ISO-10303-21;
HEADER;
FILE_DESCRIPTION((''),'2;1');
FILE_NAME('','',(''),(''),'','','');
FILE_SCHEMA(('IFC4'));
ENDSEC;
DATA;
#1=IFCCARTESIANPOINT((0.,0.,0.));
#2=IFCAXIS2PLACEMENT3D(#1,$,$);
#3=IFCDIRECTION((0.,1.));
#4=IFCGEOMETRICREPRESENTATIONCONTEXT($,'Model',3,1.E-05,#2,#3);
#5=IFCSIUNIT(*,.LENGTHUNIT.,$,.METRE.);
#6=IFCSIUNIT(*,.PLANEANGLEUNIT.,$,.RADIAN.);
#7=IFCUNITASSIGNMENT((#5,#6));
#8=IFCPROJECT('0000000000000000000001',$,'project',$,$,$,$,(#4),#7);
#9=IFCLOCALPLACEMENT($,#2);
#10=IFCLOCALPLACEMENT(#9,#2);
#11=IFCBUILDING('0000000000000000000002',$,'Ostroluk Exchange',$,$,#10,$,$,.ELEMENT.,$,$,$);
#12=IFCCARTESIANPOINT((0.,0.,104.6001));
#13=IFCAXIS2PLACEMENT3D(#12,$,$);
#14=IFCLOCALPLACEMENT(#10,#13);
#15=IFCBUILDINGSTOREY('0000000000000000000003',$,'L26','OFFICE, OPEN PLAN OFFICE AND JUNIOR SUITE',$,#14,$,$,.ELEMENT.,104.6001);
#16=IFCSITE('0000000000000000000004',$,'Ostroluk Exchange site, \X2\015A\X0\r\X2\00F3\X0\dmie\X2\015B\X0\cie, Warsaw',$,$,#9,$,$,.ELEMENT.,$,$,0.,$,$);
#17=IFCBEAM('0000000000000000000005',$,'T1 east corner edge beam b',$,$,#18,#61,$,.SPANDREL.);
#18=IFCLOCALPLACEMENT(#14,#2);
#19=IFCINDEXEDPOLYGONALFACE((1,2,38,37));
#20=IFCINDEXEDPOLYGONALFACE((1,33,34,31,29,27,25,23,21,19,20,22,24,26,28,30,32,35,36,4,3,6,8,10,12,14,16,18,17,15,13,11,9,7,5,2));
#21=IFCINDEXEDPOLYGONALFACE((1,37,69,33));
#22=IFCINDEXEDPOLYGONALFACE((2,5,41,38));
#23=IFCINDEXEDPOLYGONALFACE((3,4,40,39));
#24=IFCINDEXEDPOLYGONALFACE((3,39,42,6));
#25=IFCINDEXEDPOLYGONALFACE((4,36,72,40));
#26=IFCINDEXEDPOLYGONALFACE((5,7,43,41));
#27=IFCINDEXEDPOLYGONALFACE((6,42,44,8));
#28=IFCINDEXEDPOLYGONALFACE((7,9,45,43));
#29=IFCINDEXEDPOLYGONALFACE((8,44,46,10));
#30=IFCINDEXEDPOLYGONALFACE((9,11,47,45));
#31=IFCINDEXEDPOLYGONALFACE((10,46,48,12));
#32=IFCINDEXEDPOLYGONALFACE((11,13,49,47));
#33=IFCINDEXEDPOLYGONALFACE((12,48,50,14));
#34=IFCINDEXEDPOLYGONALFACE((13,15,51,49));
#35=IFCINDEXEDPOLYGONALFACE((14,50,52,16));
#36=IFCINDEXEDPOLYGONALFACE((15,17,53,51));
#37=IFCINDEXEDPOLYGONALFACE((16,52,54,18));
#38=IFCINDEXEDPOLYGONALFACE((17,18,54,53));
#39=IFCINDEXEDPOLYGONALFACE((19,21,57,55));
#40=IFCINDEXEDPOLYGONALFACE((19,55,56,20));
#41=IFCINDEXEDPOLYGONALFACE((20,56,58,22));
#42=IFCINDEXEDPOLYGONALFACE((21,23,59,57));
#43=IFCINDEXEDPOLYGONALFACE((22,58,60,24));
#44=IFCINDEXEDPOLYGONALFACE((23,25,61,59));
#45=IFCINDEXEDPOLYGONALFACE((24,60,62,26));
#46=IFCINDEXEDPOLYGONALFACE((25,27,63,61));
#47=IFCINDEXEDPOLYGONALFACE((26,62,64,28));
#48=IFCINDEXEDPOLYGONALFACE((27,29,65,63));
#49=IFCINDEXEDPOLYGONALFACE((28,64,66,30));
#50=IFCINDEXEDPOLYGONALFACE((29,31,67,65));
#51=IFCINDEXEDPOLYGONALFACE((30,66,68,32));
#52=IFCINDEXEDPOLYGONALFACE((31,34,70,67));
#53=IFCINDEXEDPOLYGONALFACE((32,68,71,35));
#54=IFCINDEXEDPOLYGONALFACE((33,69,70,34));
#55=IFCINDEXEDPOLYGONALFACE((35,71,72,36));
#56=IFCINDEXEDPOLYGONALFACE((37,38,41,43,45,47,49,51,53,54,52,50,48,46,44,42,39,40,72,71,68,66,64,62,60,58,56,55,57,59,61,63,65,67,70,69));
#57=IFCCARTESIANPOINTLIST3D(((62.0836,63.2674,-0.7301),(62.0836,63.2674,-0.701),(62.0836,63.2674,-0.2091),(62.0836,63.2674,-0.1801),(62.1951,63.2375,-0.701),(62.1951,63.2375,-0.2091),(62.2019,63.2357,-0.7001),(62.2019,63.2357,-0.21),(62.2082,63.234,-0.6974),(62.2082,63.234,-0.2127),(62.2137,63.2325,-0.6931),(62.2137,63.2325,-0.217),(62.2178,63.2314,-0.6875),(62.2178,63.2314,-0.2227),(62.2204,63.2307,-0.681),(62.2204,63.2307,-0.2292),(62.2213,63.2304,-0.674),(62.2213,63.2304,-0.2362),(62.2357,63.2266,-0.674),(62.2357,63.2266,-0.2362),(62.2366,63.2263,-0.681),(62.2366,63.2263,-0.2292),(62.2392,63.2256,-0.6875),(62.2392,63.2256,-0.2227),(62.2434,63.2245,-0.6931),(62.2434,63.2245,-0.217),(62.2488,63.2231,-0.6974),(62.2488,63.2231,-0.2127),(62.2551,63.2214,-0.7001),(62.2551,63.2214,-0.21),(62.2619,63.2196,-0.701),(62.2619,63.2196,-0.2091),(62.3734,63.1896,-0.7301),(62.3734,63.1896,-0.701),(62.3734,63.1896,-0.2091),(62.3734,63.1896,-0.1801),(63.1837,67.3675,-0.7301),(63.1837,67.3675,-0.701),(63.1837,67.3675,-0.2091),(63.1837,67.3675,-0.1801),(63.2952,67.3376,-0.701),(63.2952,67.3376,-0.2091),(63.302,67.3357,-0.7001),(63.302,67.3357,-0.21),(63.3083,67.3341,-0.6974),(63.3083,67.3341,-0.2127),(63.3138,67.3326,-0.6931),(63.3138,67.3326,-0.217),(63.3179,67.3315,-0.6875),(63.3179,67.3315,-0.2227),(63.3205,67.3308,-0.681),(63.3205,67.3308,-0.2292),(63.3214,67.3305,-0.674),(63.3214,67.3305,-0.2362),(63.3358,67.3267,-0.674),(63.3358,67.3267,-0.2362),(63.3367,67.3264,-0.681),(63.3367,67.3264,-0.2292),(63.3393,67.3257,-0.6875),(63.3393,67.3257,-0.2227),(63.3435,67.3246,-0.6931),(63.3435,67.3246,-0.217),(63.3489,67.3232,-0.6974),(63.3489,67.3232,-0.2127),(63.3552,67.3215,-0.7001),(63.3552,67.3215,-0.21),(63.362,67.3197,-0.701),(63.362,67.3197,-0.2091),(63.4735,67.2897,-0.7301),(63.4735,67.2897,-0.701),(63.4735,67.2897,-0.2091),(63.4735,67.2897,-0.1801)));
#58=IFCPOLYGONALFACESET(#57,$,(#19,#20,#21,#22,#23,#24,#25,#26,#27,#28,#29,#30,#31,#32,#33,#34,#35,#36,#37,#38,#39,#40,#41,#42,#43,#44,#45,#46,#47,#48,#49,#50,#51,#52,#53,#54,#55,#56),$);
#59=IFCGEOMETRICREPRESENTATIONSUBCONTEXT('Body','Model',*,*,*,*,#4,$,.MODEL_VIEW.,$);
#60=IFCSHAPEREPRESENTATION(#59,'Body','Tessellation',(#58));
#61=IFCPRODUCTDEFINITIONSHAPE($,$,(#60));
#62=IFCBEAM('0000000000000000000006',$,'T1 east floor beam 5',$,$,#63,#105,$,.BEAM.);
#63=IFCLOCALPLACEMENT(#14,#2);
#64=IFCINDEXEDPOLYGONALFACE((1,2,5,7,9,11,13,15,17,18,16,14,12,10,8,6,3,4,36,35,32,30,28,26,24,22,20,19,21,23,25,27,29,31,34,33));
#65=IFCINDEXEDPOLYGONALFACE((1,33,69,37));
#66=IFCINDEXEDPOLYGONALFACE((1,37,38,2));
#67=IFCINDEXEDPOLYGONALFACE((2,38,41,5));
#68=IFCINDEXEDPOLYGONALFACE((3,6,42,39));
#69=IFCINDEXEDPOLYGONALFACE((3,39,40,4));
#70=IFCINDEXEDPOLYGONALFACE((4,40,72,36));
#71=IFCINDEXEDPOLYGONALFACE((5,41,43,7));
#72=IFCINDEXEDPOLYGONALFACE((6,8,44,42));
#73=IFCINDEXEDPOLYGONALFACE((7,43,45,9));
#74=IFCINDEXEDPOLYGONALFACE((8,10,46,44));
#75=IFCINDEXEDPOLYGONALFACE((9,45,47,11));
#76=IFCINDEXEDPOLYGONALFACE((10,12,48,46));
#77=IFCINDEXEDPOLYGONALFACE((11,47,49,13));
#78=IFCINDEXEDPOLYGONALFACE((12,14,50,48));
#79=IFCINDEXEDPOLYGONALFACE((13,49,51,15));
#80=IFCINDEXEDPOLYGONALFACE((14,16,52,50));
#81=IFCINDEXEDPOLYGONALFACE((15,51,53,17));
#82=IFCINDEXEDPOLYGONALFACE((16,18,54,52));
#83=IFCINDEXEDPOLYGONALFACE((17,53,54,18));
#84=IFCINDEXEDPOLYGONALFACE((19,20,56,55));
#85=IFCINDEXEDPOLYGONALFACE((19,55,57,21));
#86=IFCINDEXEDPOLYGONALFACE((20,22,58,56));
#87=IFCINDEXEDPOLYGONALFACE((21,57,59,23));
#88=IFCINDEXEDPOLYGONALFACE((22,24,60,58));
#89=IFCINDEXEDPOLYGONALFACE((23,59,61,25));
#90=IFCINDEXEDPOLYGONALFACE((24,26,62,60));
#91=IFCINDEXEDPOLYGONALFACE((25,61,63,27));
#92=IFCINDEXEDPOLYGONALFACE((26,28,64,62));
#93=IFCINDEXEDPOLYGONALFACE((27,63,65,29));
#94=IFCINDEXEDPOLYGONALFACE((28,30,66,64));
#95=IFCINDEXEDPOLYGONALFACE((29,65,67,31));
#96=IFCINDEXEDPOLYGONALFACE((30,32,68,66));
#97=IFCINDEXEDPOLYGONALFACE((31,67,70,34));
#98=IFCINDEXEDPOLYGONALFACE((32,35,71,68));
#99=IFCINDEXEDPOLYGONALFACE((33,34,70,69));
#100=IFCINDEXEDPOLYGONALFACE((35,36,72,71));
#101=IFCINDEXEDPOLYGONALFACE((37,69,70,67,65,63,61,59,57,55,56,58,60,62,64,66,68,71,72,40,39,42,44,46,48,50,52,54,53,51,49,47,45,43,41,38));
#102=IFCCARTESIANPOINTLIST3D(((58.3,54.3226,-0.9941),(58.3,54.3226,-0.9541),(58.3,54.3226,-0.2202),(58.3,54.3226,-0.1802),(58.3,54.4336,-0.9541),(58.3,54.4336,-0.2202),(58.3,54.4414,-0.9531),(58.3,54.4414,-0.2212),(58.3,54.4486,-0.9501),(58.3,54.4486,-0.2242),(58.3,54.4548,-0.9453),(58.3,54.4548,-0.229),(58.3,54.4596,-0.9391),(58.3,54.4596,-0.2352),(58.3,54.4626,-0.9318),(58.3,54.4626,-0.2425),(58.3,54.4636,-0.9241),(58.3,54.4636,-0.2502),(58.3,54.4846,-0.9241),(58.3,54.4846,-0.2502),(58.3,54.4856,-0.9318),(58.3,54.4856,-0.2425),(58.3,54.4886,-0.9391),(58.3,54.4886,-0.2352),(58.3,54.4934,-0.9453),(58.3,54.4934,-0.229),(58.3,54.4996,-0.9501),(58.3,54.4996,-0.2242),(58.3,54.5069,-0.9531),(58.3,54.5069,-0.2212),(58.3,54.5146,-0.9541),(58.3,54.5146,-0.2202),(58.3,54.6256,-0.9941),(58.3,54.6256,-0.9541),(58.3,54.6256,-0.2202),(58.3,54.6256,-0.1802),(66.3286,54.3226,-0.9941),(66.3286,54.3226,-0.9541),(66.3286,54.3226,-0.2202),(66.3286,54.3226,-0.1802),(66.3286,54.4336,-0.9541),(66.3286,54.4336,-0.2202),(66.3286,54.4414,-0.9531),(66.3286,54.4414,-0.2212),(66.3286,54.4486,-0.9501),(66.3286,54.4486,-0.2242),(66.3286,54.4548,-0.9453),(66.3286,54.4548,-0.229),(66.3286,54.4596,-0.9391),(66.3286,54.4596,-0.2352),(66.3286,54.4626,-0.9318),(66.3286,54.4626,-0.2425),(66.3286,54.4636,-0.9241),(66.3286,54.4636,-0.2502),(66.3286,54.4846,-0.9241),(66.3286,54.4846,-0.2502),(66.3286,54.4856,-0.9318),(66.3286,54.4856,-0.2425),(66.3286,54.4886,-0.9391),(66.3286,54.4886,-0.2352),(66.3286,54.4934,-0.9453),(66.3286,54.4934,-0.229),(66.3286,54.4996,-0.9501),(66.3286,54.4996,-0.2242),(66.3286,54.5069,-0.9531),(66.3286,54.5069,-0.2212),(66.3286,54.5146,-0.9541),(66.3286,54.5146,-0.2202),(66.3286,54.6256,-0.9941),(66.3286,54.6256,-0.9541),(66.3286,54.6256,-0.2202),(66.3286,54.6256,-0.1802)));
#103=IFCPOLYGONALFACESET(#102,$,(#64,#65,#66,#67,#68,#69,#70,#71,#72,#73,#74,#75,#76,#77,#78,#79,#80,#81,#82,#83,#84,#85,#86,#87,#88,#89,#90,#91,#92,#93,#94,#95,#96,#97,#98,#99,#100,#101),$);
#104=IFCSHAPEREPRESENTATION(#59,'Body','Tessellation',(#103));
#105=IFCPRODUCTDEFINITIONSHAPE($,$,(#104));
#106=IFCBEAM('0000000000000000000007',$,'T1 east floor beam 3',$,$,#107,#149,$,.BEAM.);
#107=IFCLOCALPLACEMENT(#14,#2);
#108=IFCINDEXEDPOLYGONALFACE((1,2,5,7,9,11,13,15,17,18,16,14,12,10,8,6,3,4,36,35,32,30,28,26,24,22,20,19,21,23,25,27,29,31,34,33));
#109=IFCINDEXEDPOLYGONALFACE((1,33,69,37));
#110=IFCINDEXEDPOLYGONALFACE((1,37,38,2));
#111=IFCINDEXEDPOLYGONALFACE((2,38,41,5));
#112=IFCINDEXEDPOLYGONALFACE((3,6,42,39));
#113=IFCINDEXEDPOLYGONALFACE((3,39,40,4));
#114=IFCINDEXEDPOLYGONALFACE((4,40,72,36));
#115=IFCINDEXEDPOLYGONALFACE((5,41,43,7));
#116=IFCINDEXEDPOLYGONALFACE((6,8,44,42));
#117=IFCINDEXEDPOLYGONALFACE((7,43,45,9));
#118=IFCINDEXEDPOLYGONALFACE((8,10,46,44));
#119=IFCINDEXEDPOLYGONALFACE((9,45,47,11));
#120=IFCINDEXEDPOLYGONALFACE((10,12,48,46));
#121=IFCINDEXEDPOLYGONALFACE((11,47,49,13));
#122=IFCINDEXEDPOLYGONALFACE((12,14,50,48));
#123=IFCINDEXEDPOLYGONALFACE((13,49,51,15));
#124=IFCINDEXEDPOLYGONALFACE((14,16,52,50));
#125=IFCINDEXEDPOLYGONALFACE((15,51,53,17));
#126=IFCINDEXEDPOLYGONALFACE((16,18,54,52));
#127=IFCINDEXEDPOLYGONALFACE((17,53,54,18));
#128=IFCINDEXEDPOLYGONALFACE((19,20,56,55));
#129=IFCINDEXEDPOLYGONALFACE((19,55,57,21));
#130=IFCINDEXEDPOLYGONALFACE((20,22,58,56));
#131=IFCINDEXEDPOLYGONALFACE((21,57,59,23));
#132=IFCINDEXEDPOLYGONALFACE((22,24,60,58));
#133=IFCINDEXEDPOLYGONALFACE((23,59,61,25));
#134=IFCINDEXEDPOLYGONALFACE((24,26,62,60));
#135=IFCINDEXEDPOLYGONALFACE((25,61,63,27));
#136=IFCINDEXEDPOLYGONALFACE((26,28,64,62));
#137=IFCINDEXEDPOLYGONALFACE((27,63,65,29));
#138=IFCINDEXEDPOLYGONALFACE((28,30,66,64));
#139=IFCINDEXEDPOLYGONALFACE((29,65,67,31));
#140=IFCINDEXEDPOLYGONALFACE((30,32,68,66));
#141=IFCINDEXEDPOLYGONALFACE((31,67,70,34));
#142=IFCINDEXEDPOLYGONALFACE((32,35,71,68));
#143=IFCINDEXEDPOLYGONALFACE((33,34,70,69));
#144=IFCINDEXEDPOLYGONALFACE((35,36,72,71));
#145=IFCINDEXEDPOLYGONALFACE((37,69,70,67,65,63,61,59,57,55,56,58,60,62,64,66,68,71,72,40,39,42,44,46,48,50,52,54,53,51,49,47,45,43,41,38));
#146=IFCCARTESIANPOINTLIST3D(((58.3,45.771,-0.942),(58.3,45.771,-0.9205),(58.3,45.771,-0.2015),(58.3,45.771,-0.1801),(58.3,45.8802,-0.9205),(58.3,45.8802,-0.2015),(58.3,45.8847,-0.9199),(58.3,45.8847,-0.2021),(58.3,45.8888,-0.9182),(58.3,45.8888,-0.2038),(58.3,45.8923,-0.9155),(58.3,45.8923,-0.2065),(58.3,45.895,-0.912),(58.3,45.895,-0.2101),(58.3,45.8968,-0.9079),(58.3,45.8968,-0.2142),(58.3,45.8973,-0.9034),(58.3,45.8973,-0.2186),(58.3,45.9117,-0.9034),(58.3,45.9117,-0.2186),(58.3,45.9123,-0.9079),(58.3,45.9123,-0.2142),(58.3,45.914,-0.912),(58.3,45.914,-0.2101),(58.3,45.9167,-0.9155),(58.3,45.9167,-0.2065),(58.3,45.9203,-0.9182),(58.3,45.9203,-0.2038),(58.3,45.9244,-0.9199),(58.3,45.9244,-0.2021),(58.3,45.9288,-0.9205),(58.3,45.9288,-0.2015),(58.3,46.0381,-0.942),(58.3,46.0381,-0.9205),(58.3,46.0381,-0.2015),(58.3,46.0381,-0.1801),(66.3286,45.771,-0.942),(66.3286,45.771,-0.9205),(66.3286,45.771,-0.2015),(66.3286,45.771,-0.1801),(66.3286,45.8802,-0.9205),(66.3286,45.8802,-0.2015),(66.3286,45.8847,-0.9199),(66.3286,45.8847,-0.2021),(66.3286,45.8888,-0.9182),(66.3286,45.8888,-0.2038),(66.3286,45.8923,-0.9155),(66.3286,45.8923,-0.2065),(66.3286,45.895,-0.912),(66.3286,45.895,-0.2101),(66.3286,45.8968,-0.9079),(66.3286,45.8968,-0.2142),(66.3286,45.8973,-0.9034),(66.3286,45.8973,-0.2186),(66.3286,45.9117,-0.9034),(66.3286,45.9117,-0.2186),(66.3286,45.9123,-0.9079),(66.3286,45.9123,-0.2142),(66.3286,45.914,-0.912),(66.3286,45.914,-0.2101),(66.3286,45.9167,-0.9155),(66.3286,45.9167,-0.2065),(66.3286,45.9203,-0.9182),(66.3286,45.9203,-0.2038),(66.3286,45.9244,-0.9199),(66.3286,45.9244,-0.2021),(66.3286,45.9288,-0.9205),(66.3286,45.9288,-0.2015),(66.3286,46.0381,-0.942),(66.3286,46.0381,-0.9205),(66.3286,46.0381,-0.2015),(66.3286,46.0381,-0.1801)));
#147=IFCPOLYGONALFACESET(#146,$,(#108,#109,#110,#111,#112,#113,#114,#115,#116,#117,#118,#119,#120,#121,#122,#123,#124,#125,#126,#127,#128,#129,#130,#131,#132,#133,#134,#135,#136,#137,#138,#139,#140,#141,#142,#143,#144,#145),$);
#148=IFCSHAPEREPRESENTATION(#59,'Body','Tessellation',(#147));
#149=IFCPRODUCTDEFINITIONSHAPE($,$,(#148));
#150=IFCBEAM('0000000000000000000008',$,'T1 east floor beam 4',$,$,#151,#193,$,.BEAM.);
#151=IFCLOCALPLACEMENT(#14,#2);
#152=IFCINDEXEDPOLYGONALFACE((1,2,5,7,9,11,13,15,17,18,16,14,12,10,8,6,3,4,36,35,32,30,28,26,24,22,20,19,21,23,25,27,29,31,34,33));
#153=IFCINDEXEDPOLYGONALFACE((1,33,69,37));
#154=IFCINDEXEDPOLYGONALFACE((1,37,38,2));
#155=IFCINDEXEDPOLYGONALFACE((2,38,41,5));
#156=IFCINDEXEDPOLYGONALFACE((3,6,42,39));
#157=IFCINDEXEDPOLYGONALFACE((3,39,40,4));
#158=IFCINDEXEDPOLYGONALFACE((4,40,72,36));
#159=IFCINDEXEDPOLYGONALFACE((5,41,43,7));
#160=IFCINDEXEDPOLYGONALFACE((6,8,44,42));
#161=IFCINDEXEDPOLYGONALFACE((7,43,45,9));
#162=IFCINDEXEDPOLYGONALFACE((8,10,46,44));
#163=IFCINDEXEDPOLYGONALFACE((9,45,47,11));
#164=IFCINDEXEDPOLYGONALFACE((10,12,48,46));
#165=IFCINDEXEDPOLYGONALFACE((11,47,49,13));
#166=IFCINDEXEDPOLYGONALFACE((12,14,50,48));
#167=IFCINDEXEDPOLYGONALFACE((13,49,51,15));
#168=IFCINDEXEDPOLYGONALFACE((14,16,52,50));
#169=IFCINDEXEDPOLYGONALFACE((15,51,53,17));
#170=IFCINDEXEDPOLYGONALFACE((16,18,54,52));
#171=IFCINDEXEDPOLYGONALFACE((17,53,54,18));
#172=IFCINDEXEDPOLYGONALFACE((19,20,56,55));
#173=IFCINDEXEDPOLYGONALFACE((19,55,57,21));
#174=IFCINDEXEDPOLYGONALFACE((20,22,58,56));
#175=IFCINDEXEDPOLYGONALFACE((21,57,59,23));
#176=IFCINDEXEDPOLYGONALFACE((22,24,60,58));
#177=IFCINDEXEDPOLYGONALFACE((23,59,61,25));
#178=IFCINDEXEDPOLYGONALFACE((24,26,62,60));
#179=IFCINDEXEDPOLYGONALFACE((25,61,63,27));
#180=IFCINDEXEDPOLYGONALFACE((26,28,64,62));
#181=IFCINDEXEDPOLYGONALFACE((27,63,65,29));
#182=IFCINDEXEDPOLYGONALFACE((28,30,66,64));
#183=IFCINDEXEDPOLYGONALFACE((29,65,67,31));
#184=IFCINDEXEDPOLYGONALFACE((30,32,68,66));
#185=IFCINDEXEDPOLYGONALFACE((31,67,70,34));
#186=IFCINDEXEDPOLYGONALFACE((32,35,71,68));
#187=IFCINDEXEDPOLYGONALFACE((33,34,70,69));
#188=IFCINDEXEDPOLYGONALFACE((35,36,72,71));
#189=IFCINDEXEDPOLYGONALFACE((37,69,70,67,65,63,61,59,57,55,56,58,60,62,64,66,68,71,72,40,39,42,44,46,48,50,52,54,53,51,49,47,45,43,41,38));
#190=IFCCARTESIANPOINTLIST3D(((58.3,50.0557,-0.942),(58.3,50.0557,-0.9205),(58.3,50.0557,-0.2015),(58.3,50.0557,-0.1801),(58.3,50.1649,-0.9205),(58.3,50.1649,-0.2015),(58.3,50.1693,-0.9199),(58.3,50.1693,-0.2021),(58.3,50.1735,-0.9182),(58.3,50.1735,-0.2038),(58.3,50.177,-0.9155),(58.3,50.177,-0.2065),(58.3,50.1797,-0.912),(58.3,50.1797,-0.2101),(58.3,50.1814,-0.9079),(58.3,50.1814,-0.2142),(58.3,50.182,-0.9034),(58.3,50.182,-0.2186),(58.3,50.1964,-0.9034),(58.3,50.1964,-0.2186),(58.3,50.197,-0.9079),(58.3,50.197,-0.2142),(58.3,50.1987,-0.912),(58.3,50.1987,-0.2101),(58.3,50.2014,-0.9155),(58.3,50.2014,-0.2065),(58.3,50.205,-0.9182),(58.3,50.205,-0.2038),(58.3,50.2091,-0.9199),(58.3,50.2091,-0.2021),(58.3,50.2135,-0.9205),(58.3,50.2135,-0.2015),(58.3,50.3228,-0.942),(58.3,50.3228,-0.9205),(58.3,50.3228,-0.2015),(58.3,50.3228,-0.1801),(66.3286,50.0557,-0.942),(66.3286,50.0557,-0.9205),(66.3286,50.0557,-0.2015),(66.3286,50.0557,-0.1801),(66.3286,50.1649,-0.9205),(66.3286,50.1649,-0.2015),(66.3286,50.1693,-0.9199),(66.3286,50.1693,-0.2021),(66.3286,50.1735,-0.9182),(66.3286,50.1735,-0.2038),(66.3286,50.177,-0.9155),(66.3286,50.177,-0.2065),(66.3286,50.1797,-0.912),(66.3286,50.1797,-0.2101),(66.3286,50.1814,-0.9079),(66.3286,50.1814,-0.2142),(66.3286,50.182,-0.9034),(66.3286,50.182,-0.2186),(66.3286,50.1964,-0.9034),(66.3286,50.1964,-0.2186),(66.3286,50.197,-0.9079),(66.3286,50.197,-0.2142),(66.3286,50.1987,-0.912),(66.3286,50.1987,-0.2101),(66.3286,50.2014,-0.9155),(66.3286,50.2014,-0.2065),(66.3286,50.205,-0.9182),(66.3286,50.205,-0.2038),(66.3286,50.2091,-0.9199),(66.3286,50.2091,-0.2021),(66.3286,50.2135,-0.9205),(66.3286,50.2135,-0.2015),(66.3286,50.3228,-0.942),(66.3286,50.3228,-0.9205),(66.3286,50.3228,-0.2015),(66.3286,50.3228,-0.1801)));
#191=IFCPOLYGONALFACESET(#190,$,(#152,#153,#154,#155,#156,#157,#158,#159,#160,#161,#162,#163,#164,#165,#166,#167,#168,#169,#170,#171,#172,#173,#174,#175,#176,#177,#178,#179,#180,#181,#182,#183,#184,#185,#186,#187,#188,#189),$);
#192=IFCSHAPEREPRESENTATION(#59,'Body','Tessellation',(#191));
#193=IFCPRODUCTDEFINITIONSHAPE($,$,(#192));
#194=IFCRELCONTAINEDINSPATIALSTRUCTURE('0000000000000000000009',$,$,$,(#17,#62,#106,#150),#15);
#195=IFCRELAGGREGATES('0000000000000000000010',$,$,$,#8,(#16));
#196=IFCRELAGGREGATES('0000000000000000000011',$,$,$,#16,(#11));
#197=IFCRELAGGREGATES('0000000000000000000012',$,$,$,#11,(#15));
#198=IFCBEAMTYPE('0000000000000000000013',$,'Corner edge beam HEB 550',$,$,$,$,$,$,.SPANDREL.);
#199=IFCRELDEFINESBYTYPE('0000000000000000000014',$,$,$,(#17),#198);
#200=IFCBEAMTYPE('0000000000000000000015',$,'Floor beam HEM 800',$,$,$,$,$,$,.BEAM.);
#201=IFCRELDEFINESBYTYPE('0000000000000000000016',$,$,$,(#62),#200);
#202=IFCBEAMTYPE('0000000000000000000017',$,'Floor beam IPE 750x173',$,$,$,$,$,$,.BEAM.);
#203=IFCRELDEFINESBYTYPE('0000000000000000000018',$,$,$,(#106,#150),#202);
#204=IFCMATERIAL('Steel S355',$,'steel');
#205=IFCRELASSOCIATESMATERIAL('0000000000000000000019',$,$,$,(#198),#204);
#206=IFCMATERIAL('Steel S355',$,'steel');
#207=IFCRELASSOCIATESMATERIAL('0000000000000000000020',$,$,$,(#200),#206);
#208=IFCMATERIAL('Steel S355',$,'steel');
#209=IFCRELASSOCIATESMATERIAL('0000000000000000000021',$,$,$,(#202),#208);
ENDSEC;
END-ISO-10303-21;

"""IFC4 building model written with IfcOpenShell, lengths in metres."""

from ifc_helpers import new_model, si_unit, direction, frame, origin, origin_2d, place, context, subcontext, project, spatial, i_section, extrude, material, material_profile, profile_set, type_object, element, save


model = new_model("IFC4")

# Units and contexts
model_context = context("Model", 3, precision=1e-05, world=origin(), true_north=direction((0.0, 1.0)))
body_context = subcontext(model_context, "Body", "Model", "MODEL_VIEW")
ifc_project = project(units=[si_unit("LENGTHUNIT", "METRE"), si_unit("PLANEANGLEUNIT", "RADIAN")], contexts=[model_context])

# Site, building, storey
site_placement = place(None, origin())
site = spatial("IfcSite", under=ifc_project, at=site_placement, Name="Ostroluk Exchange site, Śródmieście, Warsaw", CompositionType="ELEMENT", RefElevation=0.0)
building_placement = place(site_placement, origin())
building = spatial("IfcBuilding", under=site, at=building_placement, Name="Ostroluk Exchange", CompositionType="ELEMENT")
storey_placement = place(building_placement, frame((0.0, 0.0, 104.6001)))
storey = spatial("IfcBuildingStorey", under=building, at=storey_placement, Name="L26", Description="OFFICE, OPEN PLAN OFFICE AND JUNIOR SUITE", CompositionType="ELEMENT", Elevation=104.6001)

# Beams
ifc_material_1 = material(Name="Steel S355", Category="steel")
ifc_material_profile_1 = material_profile(ifc_material_1, i_section(OverallWidth=0.3, OverallDepth=0.55, WebThickness=0.0149, FlangeThickness=0.0291, FilletRadius=0.0271, at=origin_2d()), Name="HEB 550")
ifc_profile_set_1 = profile_set([ifc_material_profile_1], Name="Steel S355")
beam_type_1 = type_object("IfcBeamType", Name="Corner edge beam HEB 550", PredefinedType="SPANDREL", material=ifc_profile_set_1)
for number, where, z_axis, x_axis, name in (
    (1, (62.2285, 63.2285, -0.4551), (0.259144, 0.965839, 0.0), (-0.965839, 0.259144, 0.0), "T1 east corner edge beam b"),
):
    element("IfcBeam", number, at=place(storey_placement, frame(where, z_axis=z_axis, x_axis=x_axis)), inside=storey, type_object=beam_type_1, Name=name, PredefinedType="SPANDREL", context=body_context, shape_type="SweptSolid", body=[
        extrude(i_section(OverallWidth=0.3, OverallDepth=0.55, WebThickness=0.0149, FlangeThickness=0.0291, FilletRadius=0.0271, at=origin_2d()), origin(), (0.0, 0.0, 1.0), 4.2451),
    ])
ifc_material_2 = material(Name="Steel S355", Category="steel")
ifc_material_profile_2 = material_profile(ifc_material_2, i_section(OverallWidth=0.303, OverallDepth=0.814, WebThickness=0.021, FlangeThickness=0.04, FilletRadius=0.03, at=origin_2d()), Name="HEM 800")
ifc_profile_set_2 = profile_set([ifc_material_profile_2], Name="Steel S355")
beam_type_2 = type_object("IfcBeamType", Name="Floor beam HEM 800", PredefinedType="BEAM", material=ifc_profile_set_2)
beam_1_placement = place(storey_placement, frame((58.3, 54.4741, -0.5872), z_axis=(1.0, 0.0, 0.0), x_axis=(0.0, 1.0, 0.0)))
element("IfcBeam", 2, at=beam_1_placement, inside=storey, type_object=beam_type_2, Name="T1 east floor beam 5", PredefinedType="BEAM", context=body_context, shape_type="SweptSolid", body=[
    extrude(i_section(OverallWidth=0.303, OverallDepth=0.814, WebThickness=0.021, FlangeThickness=0.04, FilletRadius=0.03, at=origin_2d()), origin(), (0.0, 0.0, 1.0), 8.0286),
])
ifc_material_3 = material(Name="Steel S355", Category="steel")
ifc_material_profile_3 = material_profile(ifc_material_3, i_section(OverallWidth=0.2671, OverallDepth=0.762, WebThickness=0.0144, FlangeThickness=0.0215, FilletRadius=0.0171, at=origin_2d()), Name="IPE 750x173")
ifc_profile_set_3 = profile_set([ifc_material_profile_3], Name="Steel S355")
beam_type_3 = type_object("IfcBeamType", Name="Floor beam IPE 750x173", PredefinedType="BEAM", material=ifc_profile_set_3)
for number, where, z_axis, x_axis, name in (
    (3, (58.3, 45.9045, -0.561), (1.0, 0.0, 0.0), (0.0, 1.0, 0.0), "T1 east floor beam 3"),
    (4, (58.3, 50.1892, -0.561), (1.0, 0.0, 0.0), (0.0, 1.0, 0.0), "T1 east floor beam 4"),
):
    element("IfcBeam", number, at=place(storey_placement, frame(where, z_axis=z_axis, x_axis=x_axis)), inside=storey, type_object=beam_type_3, Name=name, PredefinedType="BEAM", context=body_context, shape_type="SweptSolid", body=[
        extrude(i_section(OverallWidth=0.2671, OverallDepth=0.762, WebThickness=0.0144, FlangeThickness=0.0215, FilletRadius=0.0171, at=origin_2d()), origin(), (0.0, 0.0, 1.0), 8.0286),
    ])

save(model, "model.ifc")
